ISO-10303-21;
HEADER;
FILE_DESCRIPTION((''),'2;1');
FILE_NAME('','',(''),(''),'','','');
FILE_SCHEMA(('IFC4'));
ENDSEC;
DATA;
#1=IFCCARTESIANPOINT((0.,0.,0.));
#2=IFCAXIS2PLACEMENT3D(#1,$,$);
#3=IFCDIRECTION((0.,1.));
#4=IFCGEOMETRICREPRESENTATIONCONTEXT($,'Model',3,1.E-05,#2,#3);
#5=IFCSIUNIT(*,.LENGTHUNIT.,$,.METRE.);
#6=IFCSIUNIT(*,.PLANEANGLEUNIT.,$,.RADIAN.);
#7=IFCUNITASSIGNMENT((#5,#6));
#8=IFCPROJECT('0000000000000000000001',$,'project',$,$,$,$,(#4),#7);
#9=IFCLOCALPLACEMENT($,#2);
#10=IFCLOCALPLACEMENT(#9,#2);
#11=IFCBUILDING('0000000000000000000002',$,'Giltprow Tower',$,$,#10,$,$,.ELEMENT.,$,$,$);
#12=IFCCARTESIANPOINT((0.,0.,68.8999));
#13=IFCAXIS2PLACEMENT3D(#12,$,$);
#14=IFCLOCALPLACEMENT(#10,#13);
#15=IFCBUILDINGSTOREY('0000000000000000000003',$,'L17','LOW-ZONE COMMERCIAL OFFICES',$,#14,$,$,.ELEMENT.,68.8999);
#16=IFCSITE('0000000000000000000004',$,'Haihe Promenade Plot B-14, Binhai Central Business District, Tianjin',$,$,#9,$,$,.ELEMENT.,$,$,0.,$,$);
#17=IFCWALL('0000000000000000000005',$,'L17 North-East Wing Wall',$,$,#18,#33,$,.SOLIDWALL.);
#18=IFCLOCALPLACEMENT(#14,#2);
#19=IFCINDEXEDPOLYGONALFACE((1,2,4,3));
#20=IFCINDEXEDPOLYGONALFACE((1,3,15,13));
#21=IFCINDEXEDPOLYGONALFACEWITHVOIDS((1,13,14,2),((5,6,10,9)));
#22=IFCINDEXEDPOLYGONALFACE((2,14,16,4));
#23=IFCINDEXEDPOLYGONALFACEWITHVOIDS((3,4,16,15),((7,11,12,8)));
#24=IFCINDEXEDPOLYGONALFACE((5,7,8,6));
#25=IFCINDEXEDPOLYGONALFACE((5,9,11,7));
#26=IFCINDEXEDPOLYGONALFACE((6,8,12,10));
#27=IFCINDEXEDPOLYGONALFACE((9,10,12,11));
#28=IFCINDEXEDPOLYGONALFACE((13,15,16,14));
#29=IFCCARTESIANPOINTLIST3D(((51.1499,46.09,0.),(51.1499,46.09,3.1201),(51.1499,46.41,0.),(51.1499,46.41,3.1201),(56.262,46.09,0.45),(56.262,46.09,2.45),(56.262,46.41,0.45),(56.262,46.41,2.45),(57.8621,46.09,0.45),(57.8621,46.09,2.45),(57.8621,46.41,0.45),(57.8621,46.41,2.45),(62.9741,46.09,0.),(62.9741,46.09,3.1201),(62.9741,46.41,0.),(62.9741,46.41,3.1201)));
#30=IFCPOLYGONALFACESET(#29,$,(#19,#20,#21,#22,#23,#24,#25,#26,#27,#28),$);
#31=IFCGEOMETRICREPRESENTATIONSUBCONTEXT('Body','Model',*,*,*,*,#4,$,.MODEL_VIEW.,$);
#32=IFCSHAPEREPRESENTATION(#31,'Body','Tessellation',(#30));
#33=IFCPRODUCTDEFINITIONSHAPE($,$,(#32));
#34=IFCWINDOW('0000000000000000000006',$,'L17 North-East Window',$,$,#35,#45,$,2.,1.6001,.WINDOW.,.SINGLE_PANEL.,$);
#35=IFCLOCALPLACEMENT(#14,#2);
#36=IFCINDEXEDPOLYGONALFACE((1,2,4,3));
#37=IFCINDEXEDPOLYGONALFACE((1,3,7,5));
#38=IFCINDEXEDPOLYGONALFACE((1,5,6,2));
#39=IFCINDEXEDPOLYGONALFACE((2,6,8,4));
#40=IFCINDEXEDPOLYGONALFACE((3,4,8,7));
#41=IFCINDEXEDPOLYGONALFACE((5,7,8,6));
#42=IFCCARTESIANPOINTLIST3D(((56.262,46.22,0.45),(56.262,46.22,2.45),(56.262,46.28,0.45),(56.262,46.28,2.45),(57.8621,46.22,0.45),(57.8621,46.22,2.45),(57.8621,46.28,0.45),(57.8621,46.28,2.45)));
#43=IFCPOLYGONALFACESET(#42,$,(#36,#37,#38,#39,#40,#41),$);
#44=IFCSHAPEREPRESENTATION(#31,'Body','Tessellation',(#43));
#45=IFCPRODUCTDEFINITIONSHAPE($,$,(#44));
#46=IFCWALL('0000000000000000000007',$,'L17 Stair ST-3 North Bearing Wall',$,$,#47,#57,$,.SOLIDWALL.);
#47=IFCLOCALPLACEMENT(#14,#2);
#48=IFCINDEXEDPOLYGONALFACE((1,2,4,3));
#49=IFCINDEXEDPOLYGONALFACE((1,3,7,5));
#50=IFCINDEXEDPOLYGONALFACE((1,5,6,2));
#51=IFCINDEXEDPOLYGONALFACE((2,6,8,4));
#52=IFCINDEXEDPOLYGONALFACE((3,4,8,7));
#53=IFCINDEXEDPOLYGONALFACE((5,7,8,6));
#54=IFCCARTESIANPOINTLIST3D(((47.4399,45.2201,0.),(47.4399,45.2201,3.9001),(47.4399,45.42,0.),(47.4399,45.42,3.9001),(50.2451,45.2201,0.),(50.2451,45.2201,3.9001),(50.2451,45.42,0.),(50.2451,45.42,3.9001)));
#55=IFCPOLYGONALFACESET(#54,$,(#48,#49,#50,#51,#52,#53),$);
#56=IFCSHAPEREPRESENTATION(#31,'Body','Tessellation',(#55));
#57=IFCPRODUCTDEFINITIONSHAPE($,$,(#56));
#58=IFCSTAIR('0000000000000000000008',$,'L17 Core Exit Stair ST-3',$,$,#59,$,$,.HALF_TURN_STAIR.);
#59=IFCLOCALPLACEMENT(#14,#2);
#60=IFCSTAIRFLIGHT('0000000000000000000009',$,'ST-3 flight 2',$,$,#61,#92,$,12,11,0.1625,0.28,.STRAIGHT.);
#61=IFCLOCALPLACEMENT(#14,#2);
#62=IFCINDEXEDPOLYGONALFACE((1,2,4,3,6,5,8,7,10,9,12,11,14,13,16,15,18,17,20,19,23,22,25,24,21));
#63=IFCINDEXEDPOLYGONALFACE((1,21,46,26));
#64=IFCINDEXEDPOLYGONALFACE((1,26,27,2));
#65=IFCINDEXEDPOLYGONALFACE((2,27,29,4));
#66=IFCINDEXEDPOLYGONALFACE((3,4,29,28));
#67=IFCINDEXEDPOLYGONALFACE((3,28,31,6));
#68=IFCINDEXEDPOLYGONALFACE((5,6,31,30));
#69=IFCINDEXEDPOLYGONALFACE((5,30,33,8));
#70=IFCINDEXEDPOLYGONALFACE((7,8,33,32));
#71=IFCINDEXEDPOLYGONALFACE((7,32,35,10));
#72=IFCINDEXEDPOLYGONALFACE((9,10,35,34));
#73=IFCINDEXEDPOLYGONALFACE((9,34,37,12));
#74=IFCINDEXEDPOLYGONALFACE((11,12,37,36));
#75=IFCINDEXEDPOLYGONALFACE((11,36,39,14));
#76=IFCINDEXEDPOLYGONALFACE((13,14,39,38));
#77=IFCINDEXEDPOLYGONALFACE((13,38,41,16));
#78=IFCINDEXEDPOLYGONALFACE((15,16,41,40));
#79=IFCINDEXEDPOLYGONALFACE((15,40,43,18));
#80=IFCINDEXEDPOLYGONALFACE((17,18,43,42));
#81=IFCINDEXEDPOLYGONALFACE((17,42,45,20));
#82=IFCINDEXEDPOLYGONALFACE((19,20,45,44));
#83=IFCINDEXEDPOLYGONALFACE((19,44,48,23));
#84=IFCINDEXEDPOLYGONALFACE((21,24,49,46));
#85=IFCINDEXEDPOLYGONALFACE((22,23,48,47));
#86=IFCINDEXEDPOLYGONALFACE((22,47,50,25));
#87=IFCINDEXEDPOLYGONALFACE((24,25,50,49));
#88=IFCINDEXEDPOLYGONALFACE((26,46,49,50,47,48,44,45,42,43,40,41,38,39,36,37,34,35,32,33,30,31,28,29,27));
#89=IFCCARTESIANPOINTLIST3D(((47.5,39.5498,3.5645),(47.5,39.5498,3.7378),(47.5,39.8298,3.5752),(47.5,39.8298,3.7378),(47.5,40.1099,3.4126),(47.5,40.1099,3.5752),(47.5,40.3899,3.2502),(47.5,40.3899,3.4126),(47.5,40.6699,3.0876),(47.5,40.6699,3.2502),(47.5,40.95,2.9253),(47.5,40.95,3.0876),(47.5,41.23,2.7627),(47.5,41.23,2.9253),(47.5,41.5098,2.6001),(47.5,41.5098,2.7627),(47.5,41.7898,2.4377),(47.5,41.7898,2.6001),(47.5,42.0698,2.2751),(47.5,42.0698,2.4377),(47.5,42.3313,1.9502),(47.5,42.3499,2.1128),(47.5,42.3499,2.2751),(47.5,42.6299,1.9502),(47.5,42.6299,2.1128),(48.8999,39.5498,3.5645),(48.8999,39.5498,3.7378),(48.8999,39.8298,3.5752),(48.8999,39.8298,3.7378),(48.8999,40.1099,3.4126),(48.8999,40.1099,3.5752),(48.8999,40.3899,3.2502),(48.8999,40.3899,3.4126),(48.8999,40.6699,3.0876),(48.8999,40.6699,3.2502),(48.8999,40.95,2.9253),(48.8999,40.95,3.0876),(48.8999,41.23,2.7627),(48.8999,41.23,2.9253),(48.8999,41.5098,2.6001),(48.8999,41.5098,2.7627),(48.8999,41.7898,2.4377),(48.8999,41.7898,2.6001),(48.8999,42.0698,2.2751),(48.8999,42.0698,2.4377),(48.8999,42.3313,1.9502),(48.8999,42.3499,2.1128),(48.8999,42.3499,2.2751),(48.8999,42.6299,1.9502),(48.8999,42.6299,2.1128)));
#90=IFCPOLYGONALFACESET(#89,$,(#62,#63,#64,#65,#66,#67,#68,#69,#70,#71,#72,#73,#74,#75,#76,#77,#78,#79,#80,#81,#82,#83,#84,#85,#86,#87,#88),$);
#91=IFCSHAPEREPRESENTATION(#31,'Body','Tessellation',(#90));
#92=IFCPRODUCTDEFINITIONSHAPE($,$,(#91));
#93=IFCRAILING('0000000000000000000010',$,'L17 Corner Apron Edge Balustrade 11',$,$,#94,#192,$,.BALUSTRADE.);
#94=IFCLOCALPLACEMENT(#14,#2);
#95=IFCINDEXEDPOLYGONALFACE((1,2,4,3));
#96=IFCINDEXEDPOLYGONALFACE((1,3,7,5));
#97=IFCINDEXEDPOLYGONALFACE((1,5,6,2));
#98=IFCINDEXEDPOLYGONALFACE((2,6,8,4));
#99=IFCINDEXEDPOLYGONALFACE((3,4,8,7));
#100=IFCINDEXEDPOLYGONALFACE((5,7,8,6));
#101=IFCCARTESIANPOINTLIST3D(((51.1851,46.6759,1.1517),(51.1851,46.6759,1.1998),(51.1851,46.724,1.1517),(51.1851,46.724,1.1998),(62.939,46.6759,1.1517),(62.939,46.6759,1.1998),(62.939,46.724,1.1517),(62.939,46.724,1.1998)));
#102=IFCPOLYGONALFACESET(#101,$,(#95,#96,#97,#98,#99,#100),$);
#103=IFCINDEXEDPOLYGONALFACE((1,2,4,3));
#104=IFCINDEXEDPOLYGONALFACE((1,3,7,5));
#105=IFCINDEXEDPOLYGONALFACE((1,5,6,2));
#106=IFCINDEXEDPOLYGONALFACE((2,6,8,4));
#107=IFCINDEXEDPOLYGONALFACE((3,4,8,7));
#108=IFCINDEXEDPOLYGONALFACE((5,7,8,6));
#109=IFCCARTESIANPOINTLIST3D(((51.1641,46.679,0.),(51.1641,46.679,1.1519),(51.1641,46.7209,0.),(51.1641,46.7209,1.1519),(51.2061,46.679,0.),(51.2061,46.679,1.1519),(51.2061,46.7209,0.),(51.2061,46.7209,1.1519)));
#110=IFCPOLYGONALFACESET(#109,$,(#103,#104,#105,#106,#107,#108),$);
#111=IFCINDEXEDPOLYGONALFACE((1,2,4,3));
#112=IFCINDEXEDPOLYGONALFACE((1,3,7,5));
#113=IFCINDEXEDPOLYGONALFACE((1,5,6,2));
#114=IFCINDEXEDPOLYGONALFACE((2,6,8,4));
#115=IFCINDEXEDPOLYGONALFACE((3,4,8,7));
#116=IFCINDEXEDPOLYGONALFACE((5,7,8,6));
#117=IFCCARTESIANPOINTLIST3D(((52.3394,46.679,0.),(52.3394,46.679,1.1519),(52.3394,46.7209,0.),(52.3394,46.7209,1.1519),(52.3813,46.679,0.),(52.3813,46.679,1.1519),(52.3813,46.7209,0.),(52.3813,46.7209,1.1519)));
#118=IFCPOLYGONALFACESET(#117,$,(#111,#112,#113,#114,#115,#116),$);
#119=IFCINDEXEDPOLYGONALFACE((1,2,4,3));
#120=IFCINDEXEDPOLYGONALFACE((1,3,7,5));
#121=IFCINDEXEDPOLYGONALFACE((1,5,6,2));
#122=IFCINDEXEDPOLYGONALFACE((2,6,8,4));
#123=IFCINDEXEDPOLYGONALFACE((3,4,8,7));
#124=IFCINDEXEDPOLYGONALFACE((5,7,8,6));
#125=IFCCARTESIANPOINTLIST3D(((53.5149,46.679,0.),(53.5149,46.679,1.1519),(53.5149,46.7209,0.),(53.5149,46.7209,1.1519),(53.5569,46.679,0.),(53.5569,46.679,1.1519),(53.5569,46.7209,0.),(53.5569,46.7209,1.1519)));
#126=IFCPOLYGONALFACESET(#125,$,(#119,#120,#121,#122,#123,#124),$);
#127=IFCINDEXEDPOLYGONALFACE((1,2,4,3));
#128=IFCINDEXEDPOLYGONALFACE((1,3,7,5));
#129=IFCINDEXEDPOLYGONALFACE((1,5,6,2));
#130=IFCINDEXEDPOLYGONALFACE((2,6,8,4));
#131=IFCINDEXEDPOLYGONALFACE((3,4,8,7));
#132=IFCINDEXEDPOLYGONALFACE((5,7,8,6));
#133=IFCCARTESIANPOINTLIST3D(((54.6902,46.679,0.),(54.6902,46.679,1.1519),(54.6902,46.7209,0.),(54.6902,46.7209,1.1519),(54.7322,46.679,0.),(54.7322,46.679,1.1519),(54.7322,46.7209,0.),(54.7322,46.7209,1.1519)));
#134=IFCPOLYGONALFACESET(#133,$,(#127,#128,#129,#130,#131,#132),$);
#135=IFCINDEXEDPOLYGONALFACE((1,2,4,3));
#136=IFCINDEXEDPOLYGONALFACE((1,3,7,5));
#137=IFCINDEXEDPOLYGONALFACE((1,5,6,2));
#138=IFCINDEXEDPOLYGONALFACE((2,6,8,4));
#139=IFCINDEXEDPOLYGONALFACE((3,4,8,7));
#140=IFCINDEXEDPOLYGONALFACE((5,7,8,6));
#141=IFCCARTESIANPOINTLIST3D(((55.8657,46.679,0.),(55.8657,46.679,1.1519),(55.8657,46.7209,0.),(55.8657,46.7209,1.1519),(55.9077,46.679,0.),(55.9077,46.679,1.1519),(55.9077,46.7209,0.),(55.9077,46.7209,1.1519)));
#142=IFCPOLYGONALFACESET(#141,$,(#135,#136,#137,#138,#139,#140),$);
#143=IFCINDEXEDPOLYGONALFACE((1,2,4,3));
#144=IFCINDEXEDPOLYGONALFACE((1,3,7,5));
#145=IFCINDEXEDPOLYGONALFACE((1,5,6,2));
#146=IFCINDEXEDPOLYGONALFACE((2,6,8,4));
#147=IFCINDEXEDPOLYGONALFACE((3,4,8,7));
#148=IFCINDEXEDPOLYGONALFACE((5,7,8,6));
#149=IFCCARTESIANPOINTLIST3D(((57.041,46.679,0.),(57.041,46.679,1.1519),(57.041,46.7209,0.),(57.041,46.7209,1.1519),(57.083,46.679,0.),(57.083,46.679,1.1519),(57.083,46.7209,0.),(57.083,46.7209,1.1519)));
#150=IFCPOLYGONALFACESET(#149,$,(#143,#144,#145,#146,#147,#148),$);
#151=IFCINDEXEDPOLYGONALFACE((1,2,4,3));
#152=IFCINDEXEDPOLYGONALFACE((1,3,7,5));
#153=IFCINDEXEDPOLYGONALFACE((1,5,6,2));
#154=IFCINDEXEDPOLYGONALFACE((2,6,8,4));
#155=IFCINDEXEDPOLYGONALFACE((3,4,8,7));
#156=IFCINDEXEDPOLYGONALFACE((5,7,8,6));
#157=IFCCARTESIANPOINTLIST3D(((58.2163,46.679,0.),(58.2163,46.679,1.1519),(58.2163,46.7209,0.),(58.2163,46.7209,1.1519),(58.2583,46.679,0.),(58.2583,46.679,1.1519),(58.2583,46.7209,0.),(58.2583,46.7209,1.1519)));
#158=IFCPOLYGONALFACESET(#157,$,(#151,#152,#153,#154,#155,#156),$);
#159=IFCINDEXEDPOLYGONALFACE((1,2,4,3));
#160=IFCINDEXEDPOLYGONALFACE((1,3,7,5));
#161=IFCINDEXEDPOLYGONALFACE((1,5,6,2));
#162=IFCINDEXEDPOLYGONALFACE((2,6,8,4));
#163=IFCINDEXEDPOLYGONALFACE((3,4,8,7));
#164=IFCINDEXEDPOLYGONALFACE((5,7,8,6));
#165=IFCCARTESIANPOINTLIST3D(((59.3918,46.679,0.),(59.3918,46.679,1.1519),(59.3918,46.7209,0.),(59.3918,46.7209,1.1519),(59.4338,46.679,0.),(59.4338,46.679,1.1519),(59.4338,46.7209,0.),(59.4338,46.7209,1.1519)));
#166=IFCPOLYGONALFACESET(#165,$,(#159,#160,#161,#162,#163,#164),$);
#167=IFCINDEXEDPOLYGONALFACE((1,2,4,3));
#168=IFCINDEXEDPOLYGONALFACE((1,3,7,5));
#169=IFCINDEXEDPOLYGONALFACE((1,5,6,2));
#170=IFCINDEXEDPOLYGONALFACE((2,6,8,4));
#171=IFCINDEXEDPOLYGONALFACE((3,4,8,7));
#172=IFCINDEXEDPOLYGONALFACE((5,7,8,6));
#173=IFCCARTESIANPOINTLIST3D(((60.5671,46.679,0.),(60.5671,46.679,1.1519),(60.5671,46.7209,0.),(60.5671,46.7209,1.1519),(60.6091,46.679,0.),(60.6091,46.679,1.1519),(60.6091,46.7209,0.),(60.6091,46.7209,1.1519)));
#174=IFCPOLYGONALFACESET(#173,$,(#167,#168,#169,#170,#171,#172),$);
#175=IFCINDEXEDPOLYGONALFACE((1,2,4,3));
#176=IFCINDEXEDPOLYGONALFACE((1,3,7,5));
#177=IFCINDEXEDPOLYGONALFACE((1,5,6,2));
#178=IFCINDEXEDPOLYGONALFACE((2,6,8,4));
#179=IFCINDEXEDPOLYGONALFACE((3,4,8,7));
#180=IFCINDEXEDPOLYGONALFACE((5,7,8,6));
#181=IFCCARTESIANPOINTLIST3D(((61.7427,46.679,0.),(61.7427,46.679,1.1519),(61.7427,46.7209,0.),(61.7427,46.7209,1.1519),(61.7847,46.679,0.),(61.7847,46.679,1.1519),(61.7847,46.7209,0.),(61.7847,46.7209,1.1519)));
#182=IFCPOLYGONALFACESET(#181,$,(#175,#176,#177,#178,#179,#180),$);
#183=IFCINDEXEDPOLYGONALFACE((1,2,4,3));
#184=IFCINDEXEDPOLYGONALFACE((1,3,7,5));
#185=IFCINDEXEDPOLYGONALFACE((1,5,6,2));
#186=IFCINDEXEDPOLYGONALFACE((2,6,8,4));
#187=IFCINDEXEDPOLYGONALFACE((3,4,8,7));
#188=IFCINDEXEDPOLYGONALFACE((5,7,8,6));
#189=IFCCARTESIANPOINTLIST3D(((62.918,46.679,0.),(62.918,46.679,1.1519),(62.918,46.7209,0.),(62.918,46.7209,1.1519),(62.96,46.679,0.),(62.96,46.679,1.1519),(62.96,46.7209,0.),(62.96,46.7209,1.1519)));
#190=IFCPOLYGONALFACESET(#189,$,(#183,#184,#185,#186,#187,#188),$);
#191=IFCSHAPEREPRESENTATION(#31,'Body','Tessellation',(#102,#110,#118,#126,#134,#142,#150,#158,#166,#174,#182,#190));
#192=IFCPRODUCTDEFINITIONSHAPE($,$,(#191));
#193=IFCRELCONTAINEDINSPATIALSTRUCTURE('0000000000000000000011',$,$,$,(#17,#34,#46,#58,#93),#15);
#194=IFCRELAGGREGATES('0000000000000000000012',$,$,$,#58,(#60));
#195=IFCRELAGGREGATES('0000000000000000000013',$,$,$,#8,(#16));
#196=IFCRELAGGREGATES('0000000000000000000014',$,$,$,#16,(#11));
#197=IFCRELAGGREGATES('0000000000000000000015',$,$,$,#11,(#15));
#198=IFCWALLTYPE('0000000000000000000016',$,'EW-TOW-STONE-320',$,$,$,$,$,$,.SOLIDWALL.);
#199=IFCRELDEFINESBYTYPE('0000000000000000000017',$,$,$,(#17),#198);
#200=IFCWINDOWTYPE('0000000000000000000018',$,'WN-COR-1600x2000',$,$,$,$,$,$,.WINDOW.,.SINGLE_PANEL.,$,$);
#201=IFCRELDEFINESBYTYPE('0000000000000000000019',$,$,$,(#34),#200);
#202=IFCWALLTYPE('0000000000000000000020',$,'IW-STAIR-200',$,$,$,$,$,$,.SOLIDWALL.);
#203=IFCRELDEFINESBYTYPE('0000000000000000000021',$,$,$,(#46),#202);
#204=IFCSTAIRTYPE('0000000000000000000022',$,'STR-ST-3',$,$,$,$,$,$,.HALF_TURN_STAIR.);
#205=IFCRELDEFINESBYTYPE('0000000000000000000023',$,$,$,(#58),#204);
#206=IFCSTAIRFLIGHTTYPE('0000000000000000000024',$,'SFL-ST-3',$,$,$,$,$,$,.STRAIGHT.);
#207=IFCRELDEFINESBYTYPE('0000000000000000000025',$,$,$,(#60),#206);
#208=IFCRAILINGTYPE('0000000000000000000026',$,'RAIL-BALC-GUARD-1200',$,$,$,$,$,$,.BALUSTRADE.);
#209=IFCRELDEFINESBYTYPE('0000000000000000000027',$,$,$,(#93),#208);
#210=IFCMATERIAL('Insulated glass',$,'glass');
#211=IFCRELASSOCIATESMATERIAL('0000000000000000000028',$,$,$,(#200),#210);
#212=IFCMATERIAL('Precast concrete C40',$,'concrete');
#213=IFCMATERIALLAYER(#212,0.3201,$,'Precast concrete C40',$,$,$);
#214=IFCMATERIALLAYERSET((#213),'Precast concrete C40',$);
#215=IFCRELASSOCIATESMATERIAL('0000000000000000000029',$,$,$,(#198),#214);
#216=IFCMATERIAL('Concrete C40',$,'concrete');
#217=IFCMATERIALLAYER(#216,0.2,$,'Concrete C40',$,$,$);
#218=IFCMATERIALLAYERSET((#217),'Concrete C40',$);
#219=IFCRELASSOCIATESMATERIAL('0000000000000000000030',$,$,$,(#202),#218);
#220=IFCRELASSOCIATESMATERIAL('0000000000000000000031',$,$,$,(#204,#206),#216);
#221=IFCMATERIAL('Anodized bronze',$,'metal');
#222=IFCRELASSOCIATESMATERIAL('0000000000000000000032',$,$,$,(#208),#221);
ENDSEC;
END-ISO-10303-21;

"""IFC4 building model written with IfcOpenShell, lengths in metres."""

from ifc_helpers import new_model, si_unit, direction, frame, frame_2d, origin, origin_2d, place, context, subcontext, project, spatial, polyline, rectangle, outline, extrude, source, transform, mapped, material, layer, layer_set, type_object, element, fill, aggregate, save


model = new_model("IFC4")

# Units and contexts
model_context = context("Model", 3, precision=1e-05, world=origin(), true_north=direction((0.0, 1.0)))
body_context = subcontext(model_context, "Body", "Model", "MODEL_VIEW")
ifc_project = project(units=[si_unit("LENGTHUNIT", "METRE"), si_unit("PLANEANGLEUNIT", "RADIAN")], contexts=[model_context])

# Site, building, storey
site_placement = place(None, origin())
site = spatial("IfcSite", under=ifc_project, at=site_placement, Name="Haihe Promenade Plot B-14, Binhai Central Business District, Tianjin", CompositionType="ELEMENT", RefElevation=0.0)
building_placement = place(site_placement, origin())
building = spatial("IfcBuilding", under=site, at=building_placement, Name="Giltprow Tower", CompositionType="ELEMENT")
storey_placement = place(building_placement, frame((0.0, 0.0, 68.8999)))
storey = spatial("IfcBuildingStorey", under=building, at=storey_placement, Name="L17", Description="LOW-ZONE COMMERCIAL OFFICES", CompositionType="ELEMENT", Elevation=68.8999)

# Wall, opening, window
ifc_material_1 = material(Name="Precast concrete C40", Category="concrete")
ifc_material_2 = material(Name="Insulated glass", Category="glass")
window_type = type_object("IfcWindowType", Name="WN-COR-1600x2000", PartitioningType="SINGLE_PANEL", PredefinedType="WINDOW", material=ifc_material_2)
shared_shape_1 = source(origin(), body_context, "Body", "SweptSolid", [
    extrude(rectangle(XDim=1.6001, YDim=2.0, at=frame_2d((0.8, 1.0))), frame((0.0, 0.03, 0.0), z_axis=(0.0, -1.0, 0.0), x_axis=(1.0, 0.0, 0.0)), (0.0, 0.0, 1.0), 0.0601),
])
ifc_layer_1 = layer(ifc_material_1, 0.3201, Name="Precast concrete C40")
ifc_layer_set_1 = layer_set([ifc_layer_1], Name="Precast concrete C40")
wall_type_1 = type_object("IfcWallType", Name="EW-TOW-STONE-320", PredefinedType="SOLIDWALL", material=ifc_layer_set_1)
wall_1_placement = place(storey_placement, frame((51.1499, 46.25, 0.0), z_axis=(0.0, 0.0, 1.0), x_axis=(1.0, 0.0, 0.0)))
wall_1 = element("IfcWall", 1, at=wall_1_placement, inside=storey, type_object=wall_type_1, Name="L17 North-East Wing Wall", PredefinedType="SOLIDWALL", context=body_context, shape_type="SweptSolid", body=[
    extrude(rectangle(XDim=11.8242, YDim=0.3201, at=frame_2d((5.9121, 0.0))), origin(), (0.0, 0.0, 1.0), 3.1201),
])
opening_1_placement = place(wall_1_placement, frame((5.1121, 0.0, 0.45)))
opening_1 = element("IfcOpeningElement", 2, at=opening_1_placement, cuts=wall_1, PredefinedType="OPENING", context=body_context, shape_type="SweptSolid", body=[
    extrude(rectangle(XDim=1.6001, YDim=2.0, at=frame_2d((0.8, 1.0))), frame((0.0, 0.1699, 0.0), z_axis=(0.0, -1.0, 0.0), x_axis=(1.0, 0.0, 0.0)), (0.0, 0.0, 1.0), 0.3401),
])
window_1_placement = place(opening_1_placement, origin())
window_1 = element("IfcWindow", 3, at=window_1_placement, inside=storey, type_object=window_type, Name="L17 North-East Window", OverallHeight=2.0, OverallWidth=1.6001, PartitioningType="SINGLE_PANEL", PredefinedType="WINDOW", context=body_context, shape_type="MappedRepresentation", body=[
    mapped(shared_shape_1, transform((0.0, 0.0, 0.0), x_axis=(1.0, 0.0, 0.0), y_axis=(0.0, 1.0, 0.0), z_axis=(0.0, 0.0, 1.0), scale=1.0)),
])
fill(opening_1, window_1)

# Wall
ifc_material_3 = material(Name="Concrete C40", Category="concrete")
ifc_layer_2 = layer(ifc_material_3, 0.2, Name="Concrete C40")
ifc_layer_set_2 = layer_set([ifc_layer_2], Name="Concrete C40")
wall_type_2 = type_object("IfcWallType", Name="IW-STAIR-200", PredefinedType="SOLIDWALL", material=ifc_layer_set_2)
wall_2_placement = place(storey_placement, frame((47.4399, 45.3201, 0.0), z_axis=(0.0, 0.0, 1.0), x_axis=(1.0, 0.0, 0.0)))
element("IfcWall", 4, at=wall_2_placement, inside=storey, type_object=wall_type_2, Name="L17 Stair ST-3 North Bearing Wall", PredefinedType="SOLIDWALL", context=body_context, shape_type="SweptSolid", body=[
    extrude(rectangle(XDim=2.8052, YDim=0.2, at=frame_2d((1.4026, 0.0))), origin(), (0.0, 0.0, 1.0), 3.9001),
])

# Stair, stair flight
stair_type = type_object("IfcStairType", Name="STR-ST-3", PredefinedType="HALF_TURN_STAIR", material=ifc_material_3)
stair_placement = place(storey_placement, origin())
stair = element("IfcStair", 5, at=stair_placement, inside=storey, type_object=stair_type, Name="L17 Core Exit Stair ST-3", PredefinedType="HALF_TURN_STAIR")
stair_flight_type = type_object("IfcStairFlightType", Name="SFL-ST-3", PredefinedType="STRAIGHT", material=ifc_material_3)
stair_flight_placement = place(storey_placement, frame((48.2, 42.6299, 1.9502), z_axis=(0.0, 0.0, 1.0), x_axis=(0.0, -1.0, 0.0)))
stair_flight = element("IfcStairFlight", 6, at=stair_flight_placement, type_object=stair_flight_type, Name="ST-3 flight 2", NumberOfRisers=12, NumberOfTreads=11, PredefinedType="STRAIGHT", RiserHeight=0.1625, TreadLength=0.28, context=body_context, shape_type="SweptSolid", body=[
    extrude(outline(polyline([(0.0, 0.0), (0.0, 0.1626), (0.28, 0.1626), (0.28, 0.325), (0.5601, 0.325), (0.5601, 0.4875), (0.8401, 0.4875), (0.8401, 0.6499), (1.1201, 0.6499), (1.1201, 0.8125), (1.3999, 0.8125), (1.3999, 0.9751), (1.6799, 0.9751), (1.6799, 1.1375), (1.96, 1.1375), (1.96, 1.3), (2.24, 1.3), (2.24, 1.4624), (2.52, 1.4624), (2.52, 1.625), (2.8, 1.625), (2.8, 1.7876), (3.0801, 1.7876), (3.0801, 1.95), (3.0801, 1.6143), (0.2986, 0.0), (0.0, 0.0)])), frame((0.0, 0.7, 0.0), z_axis=(0.0, -1.0, 0.0), x_axis=(1.0, 0.0, 0.0)), (0.0, 0.0, 1.0), 1.3999),
])
aggregate(stair, [stair_flight])

# Railing
ifc_material_4 = material(Name="Anodized bronze", Category="metal")
railing_type_1 = type_object("IfcRailingType", Name="RAIL-BALC-GUARD-1200", PredefinedType="BALUSTRADE", material=ifc_material_4)
railing_1_placement = place(storey_placement, frame((51.1851, 46.7, 0.0)))
element("IfcRailing", 7, at=railing_1_placement, inside=storey, type_object=railing_type_1, Name="L17 Corner Apron Edge Balustrade 11", PredefinedType="BALUSTRADE", context=body_context, shape_type="SweptSolid", body=[
    extrude(rectangle(XDim=0.0481, YDim=0.0481, at=origin_2d()), frame((0.0, 0.0, 1.1758), z_axis=(1.0, 0.0, 0.0), x_axis=(0.0, 1.0, 0.0)), (0.0, 0.0, 1.0), 11.7539),
    extrude(rectangle(XDim=0.042, YDim=0.042, at=origin_2d()), origin(), (0.0, 0.0, 1.0), 1.1519),
    extrude(rectangle(XDim=0.042, YDim=0.042, at=origin_2d()), frame((1.1753, 0.0, 0.0)), (0.0, 0.0, 1.0), 1.1519),
    extrude(rectangle(XDim=0.042, YDim=0.042, at=origin_2d()), frame((2.3508, 0.0, 0.0)), (0.0, 0.0, 1.0), 1.1519),
    extrude(rectangle(XDim=0.042, YDim=0.042, at=origin_2d()), frame((3.5261, 0.0, 0.0)), (0.0, 0.0, 1.0), 1.1519),
    extrude(rectangle(XDim=0.042, YDim=0.042, at=origin_2d()), frame((4.7017, 0.0, 0.0)), (0.0, 0.0, 1.0), 1.1519),
    extrude(rectangle(XDim=0.042, YDim=0.042, at=origin_2d()), frame((5.877, 0.0, 0.0)), (0.0, 0.0, 1.0), 1.1519),
    extrude(rectangle(XDim=0.042, YDim=0.042, at=origin_2d()), frame((7.0522, 0.0, 0.0)), (0.0, 0.0, 1.0), 1.1519),
    extrude(rectangle(XDim=0.042, YDim=0.042, at=origin_2d()), frame((8.2278, 0.0, 0.0)), (0.0, 0.0, 1.0), 1.1519),
    extrude(rectangle(XDim=0.042, YDim=0.042, at=origin_2d()), frame((9.4031, 0.0, 0.0)), (0.0, 0.0, 1.0), 1.1519),
    extrude(rectangle(XDim=0.042, YDim=0.042, at=origin_2d()), frame((10.5786, 0.0, 0.0)), (0.0, 0.0, 1.0), 1.1519),
    extrude(rectangle(XDim=0.042, YDim=0.042, at=origin_2d()), frame((11.7539, 0.0, 0.0)), (0.0, 0.0, 1.0), 1.1519),
])

save(model, "model.ifc")
